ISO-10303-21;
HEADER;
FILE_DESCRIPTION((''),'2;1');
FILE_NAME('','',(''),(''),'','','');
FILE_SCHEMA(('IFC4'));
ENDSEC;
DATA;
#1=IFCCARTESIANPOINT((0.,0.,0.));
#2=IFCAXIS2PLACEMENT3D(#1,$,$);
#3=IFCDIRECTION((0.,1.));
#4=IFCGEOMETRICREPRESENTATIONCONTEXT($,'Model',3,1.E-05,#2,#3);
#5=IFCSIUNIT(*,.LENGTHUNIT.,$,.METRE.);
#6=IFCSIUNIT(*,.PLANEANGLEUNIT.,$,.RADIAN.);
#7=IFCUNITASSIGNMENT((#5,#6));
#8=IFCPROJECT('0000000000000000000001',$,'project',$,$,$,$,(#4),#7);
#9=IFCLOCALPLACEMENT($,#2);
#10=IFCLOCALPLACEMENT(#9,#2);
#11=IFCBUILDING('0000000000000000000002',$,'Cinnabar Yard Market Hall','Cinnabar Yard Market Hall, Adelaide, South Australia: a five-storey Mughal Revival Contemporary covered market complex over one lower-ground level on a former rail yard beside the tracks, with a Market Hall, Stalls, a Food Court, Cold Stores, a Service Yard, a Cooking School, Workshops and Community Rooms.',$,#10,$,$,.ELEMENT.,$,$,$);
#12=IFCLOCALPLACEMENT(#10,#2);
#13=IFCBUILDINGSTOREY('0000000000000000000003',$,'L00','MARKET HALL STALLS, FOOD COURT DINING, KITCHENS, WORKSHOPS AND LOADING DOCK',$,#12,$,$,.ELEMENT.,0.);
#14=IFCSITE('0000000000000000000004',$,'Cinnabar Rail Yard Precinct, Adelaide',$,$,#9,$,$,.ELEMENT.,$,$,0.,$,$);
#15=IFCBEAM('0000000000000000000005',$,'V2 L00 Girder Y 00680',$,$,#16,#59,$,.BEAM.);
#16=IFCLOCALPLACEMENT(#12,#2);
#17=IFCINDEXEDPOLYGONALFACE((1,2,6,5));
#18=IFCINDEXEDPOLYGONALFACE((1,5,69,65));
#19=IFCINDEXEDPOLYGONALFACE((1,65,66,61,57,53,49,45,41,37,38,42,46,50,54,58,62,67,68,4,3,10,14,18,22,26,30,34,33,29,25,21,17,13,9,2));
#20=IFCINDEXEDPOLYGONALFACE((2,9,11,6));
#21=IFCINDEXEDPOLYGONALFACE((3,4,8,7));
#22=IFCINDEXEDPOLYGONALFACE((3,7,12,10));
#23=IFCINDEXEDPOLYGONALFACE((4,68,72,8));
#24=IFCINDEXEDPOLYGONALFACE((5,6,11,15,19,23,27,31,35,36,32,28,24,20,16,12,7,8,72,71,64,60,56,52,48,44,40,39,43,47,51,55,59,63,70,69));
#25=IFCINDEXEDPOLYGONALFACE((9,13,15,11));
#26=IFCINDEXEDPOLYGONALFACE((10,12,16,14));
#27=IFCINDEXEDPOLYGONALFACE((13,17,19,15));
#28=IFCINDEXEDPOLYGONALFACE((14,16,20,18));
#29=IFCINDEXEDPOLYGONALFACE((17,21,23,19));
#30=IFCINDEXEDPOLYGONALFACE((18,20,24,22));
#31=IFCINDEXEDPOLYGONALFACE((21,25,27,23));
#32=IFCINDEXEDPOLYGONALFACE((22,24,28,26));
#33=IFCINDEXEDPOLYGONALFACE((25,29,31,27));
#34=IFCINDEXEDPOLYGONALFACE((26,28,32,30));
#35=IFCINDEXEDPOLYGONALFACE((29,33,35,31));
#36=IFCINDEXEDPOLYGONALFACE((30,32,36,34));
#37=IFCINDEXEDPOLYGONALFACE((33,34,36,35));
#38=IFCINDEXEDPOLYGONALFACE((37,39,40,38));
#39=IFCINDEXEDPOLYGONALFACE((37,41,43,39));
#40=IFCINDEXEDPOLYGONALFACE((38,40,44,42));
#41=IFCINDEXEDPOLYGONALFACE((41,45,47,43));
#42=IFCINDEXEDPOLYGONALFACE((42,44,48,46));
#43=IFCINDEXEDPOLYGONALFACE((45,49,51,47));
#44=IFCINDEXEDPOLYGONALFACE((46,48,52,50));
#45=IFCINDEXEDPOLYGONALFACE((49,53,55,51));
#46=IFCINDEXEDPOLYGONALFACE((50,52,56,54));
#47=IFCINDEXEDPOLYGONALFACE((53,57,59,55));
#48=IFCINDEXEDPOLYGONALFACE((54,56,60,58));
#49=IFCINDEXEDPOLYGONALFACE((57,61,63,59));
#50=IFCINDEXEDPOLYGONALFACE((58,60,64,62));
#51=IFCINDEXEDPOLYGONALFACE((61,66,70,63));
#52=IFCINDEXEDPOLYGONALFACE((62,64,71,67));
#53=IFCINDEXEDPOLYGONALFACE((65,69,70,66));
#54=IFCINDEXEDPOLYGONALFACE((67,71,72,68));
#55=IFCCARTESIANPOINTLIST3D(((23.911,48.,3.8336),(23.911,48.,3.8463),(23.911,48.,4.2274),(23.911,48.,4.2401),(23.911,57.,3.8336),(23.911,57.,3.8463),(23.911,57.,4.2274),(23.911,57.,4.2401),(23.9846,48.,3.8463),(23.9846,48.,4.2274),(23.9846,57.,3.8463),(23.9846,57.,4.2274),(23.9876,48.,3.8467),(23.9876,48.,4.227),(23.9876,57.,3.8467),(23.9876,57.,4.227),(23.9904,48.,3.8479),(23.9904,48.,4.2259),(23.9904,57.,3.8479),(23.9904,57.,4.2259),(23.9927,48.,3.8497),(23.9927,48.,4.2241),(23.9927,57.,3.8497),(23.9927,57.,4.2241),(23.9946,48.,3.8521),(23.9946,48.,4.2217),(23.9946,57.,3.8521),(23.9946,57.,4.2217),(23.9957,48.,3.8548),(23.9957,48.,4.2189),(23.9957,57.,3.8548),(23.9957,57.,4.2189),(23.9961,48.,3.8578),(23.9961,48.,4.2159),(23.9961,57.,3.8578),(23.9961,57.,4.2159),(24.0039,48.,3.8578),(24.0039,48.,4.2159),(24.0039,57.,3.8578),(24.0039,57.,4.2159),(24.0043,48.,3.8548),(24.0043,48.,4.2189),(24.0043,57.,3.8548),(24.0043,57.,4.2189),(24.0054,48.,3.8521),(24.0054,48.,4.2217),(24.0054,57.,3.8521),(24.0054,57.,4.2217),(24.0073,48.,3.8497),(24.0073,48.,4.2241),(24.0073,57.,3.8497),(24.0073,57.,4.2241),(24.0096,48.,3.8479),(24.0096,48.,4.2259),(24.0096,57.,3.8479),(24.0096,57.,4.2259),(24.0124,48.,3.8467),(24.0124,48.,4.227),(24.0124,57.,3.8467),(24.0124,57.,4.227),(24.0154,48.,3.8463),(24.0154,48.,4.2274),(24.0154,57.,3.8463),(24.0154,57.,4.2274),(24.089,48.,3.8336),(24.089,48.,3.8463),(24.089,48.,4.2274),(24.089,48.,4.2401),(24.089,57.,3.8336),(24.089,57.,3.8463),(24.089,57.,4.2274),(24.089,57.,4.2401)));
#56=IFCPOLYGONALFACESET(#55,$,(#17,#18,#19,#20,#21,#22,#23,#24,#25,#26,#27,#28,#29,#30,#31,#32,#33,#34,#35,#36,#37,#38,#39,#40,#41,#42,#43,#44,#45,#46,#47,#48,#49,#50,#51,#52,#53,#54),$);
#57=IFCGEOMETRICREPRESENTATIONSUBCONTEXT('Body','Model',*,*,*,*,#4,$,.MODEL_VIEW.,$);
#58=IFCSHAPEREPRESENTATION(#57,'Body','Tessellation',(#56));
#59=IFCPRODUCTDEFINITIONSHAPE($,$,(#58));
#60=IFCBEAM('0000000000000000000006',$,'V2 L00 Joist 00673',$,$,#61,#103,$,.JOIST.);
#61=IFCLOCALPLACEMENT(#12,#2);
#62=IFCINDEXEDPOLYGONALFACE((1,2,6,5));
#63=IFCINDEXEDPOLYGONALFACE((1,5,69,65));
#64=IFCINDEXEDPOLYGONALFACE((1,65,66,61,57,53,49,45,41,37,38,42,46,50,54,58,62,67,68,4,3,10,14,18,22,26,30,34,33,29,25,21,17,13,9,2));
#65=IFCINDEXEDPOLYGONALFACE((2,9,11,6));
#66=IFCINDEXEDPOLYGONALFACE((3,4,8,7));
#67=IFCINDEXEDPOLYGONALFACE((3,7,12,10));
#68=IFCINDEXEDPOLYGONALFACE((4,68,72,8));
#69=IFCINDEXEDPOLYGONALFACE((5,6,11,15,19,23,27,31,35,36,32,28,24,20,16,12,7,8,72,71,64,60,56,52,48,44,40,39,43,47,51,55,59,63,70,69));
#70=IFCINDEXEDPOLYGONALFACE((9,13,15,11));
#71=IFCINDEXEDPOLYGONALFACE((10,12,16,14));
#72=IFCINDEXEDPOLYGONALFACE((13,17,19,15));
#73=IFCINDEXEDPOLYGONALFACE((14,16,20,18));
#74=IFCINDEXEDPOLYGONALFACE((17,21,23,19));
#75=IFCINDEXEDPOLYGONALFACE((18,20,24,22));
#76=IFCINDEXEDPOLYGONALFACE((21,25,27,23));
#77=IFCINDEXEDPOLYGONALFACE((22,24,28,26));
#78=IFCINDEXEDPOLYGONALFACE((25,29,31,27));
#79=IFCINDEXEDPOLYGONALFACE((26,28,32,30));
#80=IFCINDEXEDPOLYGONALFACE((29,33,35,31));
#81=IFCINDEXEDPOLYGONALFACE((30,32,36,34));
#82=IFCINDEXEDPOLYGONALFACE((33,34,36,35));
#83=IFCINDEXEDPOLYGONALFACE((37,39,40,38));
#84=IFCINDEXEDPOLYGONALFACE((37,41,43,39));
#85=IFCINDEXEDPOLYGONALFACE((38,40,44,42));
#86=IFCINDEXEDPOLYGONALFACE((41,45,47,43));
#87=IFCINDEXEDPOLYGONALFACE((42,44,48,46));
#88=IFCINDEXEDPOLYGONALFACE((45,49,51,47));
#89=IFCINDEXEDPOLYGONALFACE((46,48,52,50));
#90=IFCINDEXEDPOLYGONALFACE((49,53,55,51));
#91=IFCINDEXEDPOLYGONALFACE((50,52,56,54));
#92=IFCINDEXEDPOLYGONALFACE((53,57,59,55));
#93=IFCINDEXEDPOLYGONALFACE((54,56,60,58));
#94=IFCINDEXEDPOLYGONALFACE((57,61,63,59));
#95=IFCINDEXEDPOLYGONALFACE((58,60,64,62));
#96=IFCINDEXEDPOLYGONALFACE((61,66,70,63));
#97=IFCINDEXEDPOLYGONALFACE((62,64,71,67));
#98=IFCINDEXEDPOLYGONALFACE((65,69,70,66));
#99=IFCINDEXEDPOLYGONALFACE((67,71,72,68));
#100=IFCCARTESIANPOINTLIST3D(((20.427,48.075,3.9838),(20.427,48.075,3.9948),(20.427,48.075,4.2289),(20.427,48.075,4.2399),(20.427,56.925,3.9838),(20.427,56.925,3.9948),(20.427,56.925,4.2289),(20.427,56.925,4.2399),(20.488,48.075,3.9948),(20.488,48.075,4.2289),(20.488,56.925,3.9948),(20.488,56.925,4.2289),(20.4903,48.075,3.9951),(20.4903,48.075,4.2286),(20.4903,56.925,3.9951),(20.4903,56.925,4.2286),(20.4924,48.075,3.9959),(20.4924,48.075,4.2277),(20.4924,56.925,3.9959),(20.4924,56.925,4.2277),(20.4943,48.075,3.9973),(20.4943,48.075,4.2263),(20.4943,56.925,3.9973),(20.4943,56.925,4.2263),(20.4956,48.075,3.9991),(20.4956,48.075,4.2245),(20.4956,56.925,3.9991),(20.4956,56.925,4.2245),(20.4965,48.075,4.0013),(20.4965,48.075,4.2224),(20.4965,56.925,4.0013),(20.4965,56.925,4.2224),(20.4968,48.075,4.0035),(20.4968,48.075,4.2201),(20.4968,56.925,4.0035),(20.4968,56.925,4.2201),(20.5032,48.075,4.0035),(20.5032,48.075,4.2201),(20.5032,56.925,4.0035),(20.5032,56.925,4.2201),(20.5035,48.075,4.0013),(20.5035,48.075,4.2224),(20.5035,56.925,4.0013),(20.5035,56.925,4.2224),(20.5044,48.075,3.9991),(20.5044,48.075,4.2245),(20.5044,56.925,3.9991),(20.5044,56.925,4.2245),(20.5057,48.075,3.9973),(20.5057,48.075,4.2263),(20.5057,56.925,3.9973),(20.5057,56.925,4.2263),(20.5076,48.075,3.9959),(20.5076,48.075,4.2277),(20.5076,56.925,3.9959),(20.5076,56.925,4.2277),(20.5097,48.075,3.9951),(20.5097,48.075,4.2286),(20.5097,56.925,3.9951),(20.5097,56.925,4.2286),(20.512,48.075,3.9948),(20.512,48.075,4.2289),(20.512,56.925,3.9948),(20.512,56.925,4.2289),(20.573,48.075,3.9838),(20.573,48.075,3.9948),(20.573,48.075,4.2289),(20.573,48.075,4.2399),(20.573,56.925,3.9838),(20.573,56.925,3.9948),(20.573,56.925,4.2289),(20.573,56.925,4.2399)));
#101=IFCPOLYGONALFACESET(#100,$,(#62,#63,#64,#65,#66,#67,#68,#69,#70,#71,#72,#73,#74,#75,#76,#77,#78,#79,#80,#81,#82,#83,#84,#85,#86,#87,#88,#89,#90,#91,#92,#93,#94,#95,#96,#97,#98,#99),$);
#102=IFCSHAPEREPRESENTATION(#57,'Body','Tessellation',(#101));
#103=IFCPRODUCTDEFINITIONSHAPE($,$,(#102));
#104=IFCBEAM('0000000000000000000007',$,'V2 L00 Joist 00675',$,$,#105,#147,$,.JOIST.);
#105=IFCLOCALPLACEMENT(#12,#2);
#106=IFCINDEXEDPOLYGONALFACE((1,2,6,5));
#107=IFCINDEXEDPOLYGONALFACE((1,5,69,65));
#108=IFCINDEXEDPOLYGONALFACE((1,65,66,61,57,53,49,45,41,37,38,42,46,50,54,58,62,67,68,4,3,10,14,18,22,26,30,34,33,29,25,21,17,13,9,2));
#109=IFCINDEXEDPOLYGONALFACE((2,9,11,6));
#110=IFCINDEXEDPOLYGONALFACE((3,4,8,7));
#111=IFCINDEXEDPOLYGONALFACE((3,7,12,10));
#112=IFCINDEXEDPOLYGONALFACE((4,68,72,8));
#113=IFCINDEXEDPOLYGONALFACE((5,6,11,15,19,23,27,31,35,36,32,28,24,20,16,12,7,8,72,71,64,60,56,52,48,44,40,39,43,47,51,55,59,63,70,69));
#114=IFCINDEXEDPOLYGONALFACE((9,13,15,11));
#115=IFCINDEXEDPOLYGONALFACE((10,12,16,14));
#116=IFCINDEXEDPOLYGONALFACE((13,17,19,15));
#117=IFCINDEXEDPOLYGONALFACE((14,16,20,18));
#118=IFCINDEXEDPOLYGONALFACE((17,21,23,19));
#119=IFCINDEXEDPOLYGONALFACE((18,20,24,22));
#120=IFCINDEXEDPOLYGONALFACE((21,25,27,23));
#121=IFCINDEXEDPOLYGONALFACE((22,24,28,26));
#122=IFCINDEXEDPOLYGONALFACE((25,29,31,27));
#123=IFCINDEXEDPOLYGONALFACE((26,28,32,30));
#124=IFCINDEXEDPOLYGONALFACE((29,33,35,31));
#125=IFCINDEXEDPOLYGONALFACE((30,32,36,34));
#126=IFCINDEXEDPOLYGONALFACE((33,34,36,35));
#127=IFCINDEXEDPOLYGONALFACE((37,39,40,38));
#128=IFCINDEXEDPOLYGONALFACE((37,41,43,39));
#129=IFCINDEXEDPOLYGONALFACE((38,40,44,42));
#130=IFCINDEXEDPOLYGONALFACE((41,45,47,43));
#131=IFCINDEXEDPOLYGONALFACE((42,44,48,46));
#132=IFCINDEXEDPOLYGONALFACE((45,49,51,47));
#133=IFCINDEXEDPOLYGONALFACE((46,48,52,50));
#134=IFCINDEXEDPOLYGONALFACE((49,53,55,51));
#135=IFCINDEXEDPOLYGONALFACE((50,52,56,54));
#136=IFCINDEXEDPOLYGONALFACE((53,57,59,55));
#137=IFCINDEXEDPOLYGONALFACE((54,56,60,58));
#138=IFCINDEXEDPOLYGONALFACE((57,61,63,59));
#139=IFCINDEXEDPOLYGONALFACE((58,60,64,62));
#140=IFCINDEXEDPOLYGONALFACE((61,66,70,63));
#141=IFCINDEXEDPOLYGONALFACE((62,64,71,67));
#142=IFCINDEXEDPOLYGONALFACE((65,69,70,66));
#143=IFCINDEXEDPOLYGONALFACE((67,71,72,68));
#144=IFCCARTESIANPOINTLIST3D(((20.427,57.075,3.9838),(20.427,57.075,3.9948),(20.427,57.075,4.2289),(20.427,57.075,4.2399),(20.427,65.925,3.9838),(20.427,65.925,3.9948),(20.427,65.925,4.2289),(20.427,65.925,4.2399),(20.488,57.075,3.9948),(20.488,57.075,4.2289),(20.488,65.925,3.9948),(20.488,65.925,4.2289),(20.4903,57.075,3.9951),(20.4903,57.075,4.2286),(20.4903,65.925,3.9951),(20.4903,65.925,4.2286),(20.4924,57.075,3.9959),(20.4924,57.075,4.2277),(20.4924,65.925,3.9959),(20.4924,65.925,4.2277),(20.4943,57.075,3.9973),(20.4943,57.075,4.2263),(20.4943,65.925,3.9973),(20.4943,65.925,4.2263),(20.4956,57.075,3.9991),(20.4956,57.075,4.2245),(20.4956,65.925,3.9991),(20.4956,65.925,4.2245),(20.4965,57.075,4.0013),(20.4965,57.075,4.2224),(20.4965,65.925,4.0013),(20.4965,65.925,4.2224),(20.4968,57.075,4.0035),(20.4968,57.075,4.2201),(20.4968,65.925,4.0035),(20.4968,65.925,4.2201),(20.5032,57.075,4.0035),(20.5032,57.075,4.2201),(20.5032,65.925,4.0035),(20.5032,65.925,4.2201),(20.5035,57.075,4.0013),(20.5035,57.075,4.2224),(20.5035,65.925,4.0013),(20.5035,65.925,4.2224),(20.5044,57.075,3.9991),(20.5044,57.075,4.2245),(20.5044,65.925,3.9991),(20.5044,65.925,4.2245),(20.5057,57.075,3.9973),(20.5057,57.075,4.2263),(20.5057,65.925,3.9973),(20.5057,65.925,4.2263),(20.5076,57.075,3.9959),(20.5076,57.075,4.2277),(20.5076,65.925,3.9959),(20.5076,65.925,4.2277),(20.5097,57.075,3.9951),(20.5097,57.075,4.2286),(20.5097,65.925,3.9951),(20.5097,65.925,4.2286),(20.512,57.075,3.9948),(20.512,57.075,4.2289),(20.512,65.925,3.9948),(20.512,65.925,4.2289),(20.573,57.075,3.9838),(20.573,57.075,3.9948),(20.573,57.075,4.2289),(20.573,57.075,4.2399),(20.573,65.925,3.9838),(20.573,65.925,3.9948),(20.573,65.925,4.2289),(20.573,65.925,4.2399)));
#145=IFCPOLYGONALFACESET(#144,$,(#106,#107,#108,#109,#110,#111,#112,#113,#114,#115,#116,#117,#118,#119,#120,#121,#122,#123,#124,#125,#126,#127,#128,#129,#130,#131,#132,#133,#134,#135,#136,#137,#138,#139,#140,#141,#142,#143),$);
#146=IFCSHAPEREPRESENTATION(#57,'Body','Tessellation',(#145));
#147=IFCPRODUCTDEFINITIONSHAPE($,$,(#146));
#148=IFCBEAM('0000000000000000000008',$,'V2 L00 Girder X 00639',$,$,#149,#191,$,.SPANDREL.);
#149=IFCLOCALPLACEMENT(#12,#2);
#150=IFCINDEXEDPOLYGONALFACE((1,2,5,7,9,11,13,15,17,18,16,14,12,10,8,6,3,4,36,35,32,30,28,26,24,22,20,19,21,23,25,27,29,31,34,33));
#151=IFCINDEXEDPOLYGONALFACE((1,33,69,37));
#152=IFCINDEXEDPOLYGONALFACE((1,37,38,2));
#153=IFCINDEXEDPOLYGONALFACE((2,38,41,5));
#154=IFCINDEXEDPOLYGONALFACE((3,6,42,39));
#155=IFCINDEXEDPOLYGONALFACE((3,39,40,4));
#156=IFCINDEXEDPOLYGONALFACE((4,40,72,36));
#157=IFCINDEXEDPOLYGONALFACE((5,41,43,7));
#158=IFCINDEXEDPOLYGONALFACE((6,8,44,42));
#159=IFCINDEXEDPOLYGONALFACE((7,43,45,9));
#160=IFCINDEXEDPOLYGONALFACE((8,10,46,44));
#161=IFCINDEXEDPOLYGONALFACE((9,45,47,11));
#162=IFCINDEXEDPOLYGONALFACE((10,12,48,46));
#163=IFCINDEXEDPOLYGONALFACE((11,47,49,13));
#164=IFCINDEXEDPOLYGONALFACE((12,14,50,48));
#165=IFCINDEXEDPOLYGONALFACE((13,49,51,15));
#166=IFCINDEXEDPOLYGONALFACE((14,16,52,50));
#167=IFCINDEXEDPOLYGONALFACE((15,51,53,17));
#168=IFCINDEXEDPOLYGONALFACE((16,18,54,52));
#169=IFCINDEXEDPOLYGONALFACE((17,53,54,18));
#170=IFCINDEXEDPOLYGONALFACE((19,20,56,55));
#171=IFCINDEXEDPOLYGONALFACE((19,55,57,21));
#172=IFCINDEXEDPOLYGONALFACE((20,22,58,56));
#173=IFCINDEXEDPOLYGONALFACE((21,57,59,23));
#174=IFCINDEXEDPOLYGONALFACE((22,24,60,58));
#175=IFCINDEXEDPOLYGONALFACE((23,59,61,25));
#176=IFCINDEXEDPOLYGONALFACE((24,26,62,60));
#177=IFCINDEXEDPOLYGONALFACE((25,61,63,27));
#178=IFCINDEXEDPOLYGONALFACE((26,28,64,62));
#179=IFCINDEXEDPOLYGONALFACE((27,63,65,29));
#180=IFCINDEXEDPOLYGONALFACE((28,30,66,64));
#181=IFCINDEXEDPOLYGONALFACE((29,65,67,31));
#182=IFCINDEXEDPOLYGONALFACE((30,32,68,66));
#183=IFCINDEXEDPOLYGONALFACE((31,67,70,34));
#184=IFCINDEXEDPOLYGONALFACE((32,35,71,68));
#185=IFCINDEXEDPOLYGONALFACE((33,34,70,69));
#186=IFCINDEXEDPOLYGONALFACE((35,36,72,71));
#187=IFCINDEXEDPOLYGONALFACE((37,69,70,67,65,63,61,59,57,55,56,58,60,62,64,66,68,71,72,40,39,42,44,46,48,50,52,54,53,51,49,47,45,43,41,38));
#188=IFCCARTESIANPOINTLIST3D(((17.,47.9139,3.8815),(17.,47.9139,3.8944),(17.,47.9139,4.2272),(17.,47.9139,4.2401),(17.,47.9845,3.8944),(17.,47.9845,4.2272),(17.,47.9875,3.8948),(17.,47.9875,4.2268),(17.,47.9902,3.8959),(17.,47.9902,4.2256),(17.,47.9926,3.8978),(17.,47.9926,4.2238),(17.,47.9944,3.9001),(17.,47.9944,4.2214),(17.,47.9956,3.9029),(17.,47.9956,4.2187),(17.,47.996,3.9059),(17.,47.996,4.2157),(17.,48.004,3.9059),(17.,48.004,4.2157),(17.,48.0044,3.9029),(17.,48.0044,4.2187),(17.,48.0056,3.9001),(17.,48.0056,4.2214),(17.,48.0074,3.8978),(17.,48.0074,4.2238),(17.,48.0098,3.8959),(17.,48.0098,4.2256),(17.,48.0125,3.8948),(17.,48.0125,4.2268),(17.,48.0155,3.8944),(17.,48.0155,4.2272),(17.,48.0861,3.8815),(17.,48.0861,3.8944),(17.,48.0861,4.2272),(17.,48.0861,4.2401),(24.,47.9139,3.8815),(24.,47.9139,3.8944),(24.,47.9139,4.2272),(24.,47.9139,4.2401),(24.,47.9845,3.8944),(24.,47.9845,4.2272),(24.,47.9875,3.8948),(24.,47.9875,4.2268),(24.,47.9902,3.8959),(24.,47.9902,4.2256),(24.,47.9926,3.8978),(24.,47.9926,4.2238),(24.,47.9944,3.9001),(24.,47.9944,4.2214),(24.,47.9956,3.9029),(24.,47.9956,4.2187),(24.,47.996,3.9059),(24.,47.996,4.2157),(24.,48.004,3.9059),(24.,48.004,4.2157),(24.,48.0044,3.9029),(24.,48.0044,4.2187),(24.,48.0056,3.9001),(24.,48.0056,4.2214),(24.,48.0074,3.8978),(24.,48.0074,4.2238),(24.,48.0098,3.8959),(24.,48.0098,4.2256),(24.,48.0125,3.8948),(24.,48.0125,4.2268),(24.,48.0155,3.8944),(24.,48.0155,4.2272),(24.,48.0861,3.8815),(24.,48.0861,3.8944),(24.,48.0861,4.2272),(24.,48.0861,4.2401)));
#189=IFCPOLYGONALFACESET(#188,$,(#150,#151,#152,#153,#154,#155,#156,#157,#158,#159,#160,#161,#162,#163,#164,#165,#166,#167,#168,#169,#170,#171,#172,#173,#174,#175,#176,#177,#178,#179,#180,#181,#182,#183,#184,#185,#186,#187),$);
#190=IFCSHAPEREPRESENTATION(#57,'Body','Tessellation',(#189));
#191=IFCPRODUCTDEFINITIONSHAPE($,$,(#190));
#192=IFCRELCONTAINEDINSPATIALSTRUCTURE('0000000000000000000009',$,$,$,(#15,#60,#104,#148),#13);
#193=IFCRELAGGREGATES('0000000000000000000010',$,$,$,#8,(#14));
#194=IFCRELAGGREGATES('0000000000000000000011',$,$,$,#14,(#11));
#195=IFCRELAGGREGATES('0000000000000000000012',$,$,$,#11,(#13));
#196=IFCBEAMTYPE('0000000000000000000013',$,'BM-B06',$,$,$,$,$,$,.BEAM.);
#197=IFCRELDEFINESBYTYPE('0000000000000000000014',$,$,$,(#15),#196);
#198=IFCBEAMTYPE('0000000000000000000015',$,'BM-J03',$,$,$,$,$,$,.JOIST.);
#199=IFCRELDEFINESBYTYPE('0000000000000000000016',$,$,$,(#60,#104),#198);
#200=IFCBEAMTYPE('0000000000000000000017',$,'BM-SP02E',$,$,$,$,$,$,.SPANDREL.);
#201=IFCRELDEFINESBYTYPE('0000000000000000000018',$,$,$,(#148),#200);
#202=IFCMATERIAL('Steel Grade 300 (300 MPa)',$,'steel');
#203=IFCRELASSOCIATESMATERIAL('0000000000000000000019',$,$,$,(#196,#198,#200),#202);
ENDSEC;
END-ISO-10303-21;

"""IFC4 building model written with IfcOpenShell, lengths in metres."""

from ifc_helpers import new_model, si_unit, direction, frame, origin, origin_2d_with_axis, place, context, subcontext, project, spatial, i_section, extrude, material, material_profile, profile_set, type_object, element, save


model = new_model("IFC4")

# Units and contexts
model_context = context("Model", 3, precision=1e-05, world=origin(), true_north=direction((0.0, 1.0)))
body_context = subcontext(model_context, "Body", "Model", "MODEL_VIEW")
ifc_project = project(units=[si_unit("LENGTHUNIT", "METRE"), si_unit("PLANEANGLEUNIT", "RADIAN")], contexts=[model_context])

# Site, building, storey
site_placement = place(None, origin())
site = spatial("IfcSite", under=ifc_project, at=site_placement, Name="Cinnabar Rail Yard Precinct, Adelaide", CompositionType="ELEMENT", RefElevation=0.0)
building_placement = place(site_placement, origin())
building = spatial("IfcBuilding", under=site, at=building_placement, Name="Cinnabar Yard Market Hall", Description="Cinnabar Yard Market Hall, Adelaide, South Australia: a five-storey Mughal Revival Contemporary covered market complex over one lower-ground level on a former rail yard beside the tracks, with a Market Hall, Stalls, a Food Court, Cold Stores, a Service Yard, a Cooking School, Workshops and Community Rooms.", CompositionType="ELEMENT")
storey_placement = place(building_placement, origin())
storey = spatial("IfcBuildingStorey", under=building, at=storey_placement, Name="L00", Description="MARKET HALL STALLS, FOOD COURT DINING, KITCHENS, WORKSHOPS AND LOADING DOCK", CompositionType="ELEMENT", Elevation=0.0)

# Shared definitions
ifc_material_1 = material(Name="Steel Grade 300 (300 MPa)", Category="steel")

# Beams
ifc_material_profile_1 = material_profile(ifc_material_1, i_section(OverallWidth=0.178, OverallDepth=0.4065, WebThickness=0.0078, FlangeThickness=0.0127, FilletRadius=0.0115, at=origin_2d_with_axis()), Name="410UB59.7")
ifc_profile_set_1 = profile_set([ifc_material_profile_1], Name="Steel Grade 300 (300 MPa)")
beam_type_1 = type_object("IfcBeamType", Name="BM-B06", PredefinedType="BEAM", material=ifc_profile_set_1)
for number, where, z_axis, x_axis, name in (
    (1, (24.0, 48.0, 4.0369), (0.0, 1.0, 0.0), (-1.0, 0.0, 0.0), "V2 L00 Girder Y 00680"),
):
    element("IfcBeam", number, at=place(storey_placement, frame(where, z_axis=z_axis, x_axis=x_axis)), inside=storey, type_object=beam_type_1, Name=name, PredefinedType="BEAM", context=body_context, shape_type="SweptSolid", body=[
        extrude(i_section(OverallWidth=0.178, OverallDepth=0.4065, WebThickness=0.0078, FlangeThickness=0.0127, FilletRadius=0.0115, at=origin_2d_with_axis()), origin(), (0.0, 0.0, 1.0), 9.0),
    ])
ifc_material_profile_2 = material_profile(ifc_material_1, i_section(OverallWidth=0.146, OverallDepth=0.2561, WebThickness=0.0063, FlangeThickness=0.011, FilletRadius=0.0088, at=origin_2d_with_axis()), Name="250UB37.3")
ifc_profile_set_2 = profile_set([ifc_material_profile_2], Name="Steel Grade 300 (300 MPa)")
beam_type_2 = type_object("IfcBeamType", Name="BM-J03", PredefinedType="JOIST", material=ifc_profile_set_2)
for number, where, z_axis, x_axis, name in (
    (2, (20.5, 48.075, 4.1118), (0.0, 1.0, 0.0), (-1.0, 0.0, 0.0), "V2 L00 Joist 00673"),
    (3, (20.5, 57.075, 4.1118), (0.0, 1.0, 0.0), (-1.0, 0.0, 0.0), "V2 L00 Joist 00675"),
):
    element("IfcBeam", number, at=place(storey_placement, frame(where, z_axis=z_axis, x_axis=x_axis)), inside=storey, type_object=beam_type_2, Name=name, PredefinedType="JOIST", context=body_context, shape_type="SweptSolid", body=[
        extrude(i_section(OverallWidth=0.146, OverallDepth=0.2561, WebThickness=0.0063, FlangeThickness=0.011, FilletRadius=0.0088, at=origin_2d_with_axis()), origin(), (0.0, 0.0, 1.0), 8.8501),
    ])
ifc_material_profile_3 = material_profile(ifc_material_1, i_section(OverallWidth=0.1721, OverallDepth=0.3586, WebThickness=0.0081, FlangeThickness=0.0129, FilletRadius=0.0115, at=origin_2d_with_axis()), Name="360UB56.7")
ifc_profile_set_3 = profile_set([ifc_material_profile_3], Name="Steel Grade 300 (300 MPa)")
beam_type_3 = type_object("IfcBeamType", Name="BM-SP02E", PredefinedType="SPANDREL", material=ifc_profile_set_3)
for number, where, z_axis, x_axis, name in (
    (4, (17.0, 48.0, 4.0608), (1.0, 0.0, 0.0), (0.0, 1.0, 0.0), "V2 L00 Girder X 00639"),
):
    element("IfcBeam", number, at=place(storey_placement, frame(where, z_axis=z_axis, x_axis=x_axis)), inside=storey, type_object=beam_type_3, Name=name, PredefinedType="SPANDREL", context=body_context, shape_type="SweptSolid", body=[
        extrude(i_section(OverallWidth=0.1721, OverallDepth=0.3586, WebThickness=0.0081, FlangeThickness=0.0129, FilletRadius=0.0115, at=origin_2d_with_axis()), origin(), (0.0, 0.0, 1.0), 7.0),
    ])

save(model, "model.ifc")
